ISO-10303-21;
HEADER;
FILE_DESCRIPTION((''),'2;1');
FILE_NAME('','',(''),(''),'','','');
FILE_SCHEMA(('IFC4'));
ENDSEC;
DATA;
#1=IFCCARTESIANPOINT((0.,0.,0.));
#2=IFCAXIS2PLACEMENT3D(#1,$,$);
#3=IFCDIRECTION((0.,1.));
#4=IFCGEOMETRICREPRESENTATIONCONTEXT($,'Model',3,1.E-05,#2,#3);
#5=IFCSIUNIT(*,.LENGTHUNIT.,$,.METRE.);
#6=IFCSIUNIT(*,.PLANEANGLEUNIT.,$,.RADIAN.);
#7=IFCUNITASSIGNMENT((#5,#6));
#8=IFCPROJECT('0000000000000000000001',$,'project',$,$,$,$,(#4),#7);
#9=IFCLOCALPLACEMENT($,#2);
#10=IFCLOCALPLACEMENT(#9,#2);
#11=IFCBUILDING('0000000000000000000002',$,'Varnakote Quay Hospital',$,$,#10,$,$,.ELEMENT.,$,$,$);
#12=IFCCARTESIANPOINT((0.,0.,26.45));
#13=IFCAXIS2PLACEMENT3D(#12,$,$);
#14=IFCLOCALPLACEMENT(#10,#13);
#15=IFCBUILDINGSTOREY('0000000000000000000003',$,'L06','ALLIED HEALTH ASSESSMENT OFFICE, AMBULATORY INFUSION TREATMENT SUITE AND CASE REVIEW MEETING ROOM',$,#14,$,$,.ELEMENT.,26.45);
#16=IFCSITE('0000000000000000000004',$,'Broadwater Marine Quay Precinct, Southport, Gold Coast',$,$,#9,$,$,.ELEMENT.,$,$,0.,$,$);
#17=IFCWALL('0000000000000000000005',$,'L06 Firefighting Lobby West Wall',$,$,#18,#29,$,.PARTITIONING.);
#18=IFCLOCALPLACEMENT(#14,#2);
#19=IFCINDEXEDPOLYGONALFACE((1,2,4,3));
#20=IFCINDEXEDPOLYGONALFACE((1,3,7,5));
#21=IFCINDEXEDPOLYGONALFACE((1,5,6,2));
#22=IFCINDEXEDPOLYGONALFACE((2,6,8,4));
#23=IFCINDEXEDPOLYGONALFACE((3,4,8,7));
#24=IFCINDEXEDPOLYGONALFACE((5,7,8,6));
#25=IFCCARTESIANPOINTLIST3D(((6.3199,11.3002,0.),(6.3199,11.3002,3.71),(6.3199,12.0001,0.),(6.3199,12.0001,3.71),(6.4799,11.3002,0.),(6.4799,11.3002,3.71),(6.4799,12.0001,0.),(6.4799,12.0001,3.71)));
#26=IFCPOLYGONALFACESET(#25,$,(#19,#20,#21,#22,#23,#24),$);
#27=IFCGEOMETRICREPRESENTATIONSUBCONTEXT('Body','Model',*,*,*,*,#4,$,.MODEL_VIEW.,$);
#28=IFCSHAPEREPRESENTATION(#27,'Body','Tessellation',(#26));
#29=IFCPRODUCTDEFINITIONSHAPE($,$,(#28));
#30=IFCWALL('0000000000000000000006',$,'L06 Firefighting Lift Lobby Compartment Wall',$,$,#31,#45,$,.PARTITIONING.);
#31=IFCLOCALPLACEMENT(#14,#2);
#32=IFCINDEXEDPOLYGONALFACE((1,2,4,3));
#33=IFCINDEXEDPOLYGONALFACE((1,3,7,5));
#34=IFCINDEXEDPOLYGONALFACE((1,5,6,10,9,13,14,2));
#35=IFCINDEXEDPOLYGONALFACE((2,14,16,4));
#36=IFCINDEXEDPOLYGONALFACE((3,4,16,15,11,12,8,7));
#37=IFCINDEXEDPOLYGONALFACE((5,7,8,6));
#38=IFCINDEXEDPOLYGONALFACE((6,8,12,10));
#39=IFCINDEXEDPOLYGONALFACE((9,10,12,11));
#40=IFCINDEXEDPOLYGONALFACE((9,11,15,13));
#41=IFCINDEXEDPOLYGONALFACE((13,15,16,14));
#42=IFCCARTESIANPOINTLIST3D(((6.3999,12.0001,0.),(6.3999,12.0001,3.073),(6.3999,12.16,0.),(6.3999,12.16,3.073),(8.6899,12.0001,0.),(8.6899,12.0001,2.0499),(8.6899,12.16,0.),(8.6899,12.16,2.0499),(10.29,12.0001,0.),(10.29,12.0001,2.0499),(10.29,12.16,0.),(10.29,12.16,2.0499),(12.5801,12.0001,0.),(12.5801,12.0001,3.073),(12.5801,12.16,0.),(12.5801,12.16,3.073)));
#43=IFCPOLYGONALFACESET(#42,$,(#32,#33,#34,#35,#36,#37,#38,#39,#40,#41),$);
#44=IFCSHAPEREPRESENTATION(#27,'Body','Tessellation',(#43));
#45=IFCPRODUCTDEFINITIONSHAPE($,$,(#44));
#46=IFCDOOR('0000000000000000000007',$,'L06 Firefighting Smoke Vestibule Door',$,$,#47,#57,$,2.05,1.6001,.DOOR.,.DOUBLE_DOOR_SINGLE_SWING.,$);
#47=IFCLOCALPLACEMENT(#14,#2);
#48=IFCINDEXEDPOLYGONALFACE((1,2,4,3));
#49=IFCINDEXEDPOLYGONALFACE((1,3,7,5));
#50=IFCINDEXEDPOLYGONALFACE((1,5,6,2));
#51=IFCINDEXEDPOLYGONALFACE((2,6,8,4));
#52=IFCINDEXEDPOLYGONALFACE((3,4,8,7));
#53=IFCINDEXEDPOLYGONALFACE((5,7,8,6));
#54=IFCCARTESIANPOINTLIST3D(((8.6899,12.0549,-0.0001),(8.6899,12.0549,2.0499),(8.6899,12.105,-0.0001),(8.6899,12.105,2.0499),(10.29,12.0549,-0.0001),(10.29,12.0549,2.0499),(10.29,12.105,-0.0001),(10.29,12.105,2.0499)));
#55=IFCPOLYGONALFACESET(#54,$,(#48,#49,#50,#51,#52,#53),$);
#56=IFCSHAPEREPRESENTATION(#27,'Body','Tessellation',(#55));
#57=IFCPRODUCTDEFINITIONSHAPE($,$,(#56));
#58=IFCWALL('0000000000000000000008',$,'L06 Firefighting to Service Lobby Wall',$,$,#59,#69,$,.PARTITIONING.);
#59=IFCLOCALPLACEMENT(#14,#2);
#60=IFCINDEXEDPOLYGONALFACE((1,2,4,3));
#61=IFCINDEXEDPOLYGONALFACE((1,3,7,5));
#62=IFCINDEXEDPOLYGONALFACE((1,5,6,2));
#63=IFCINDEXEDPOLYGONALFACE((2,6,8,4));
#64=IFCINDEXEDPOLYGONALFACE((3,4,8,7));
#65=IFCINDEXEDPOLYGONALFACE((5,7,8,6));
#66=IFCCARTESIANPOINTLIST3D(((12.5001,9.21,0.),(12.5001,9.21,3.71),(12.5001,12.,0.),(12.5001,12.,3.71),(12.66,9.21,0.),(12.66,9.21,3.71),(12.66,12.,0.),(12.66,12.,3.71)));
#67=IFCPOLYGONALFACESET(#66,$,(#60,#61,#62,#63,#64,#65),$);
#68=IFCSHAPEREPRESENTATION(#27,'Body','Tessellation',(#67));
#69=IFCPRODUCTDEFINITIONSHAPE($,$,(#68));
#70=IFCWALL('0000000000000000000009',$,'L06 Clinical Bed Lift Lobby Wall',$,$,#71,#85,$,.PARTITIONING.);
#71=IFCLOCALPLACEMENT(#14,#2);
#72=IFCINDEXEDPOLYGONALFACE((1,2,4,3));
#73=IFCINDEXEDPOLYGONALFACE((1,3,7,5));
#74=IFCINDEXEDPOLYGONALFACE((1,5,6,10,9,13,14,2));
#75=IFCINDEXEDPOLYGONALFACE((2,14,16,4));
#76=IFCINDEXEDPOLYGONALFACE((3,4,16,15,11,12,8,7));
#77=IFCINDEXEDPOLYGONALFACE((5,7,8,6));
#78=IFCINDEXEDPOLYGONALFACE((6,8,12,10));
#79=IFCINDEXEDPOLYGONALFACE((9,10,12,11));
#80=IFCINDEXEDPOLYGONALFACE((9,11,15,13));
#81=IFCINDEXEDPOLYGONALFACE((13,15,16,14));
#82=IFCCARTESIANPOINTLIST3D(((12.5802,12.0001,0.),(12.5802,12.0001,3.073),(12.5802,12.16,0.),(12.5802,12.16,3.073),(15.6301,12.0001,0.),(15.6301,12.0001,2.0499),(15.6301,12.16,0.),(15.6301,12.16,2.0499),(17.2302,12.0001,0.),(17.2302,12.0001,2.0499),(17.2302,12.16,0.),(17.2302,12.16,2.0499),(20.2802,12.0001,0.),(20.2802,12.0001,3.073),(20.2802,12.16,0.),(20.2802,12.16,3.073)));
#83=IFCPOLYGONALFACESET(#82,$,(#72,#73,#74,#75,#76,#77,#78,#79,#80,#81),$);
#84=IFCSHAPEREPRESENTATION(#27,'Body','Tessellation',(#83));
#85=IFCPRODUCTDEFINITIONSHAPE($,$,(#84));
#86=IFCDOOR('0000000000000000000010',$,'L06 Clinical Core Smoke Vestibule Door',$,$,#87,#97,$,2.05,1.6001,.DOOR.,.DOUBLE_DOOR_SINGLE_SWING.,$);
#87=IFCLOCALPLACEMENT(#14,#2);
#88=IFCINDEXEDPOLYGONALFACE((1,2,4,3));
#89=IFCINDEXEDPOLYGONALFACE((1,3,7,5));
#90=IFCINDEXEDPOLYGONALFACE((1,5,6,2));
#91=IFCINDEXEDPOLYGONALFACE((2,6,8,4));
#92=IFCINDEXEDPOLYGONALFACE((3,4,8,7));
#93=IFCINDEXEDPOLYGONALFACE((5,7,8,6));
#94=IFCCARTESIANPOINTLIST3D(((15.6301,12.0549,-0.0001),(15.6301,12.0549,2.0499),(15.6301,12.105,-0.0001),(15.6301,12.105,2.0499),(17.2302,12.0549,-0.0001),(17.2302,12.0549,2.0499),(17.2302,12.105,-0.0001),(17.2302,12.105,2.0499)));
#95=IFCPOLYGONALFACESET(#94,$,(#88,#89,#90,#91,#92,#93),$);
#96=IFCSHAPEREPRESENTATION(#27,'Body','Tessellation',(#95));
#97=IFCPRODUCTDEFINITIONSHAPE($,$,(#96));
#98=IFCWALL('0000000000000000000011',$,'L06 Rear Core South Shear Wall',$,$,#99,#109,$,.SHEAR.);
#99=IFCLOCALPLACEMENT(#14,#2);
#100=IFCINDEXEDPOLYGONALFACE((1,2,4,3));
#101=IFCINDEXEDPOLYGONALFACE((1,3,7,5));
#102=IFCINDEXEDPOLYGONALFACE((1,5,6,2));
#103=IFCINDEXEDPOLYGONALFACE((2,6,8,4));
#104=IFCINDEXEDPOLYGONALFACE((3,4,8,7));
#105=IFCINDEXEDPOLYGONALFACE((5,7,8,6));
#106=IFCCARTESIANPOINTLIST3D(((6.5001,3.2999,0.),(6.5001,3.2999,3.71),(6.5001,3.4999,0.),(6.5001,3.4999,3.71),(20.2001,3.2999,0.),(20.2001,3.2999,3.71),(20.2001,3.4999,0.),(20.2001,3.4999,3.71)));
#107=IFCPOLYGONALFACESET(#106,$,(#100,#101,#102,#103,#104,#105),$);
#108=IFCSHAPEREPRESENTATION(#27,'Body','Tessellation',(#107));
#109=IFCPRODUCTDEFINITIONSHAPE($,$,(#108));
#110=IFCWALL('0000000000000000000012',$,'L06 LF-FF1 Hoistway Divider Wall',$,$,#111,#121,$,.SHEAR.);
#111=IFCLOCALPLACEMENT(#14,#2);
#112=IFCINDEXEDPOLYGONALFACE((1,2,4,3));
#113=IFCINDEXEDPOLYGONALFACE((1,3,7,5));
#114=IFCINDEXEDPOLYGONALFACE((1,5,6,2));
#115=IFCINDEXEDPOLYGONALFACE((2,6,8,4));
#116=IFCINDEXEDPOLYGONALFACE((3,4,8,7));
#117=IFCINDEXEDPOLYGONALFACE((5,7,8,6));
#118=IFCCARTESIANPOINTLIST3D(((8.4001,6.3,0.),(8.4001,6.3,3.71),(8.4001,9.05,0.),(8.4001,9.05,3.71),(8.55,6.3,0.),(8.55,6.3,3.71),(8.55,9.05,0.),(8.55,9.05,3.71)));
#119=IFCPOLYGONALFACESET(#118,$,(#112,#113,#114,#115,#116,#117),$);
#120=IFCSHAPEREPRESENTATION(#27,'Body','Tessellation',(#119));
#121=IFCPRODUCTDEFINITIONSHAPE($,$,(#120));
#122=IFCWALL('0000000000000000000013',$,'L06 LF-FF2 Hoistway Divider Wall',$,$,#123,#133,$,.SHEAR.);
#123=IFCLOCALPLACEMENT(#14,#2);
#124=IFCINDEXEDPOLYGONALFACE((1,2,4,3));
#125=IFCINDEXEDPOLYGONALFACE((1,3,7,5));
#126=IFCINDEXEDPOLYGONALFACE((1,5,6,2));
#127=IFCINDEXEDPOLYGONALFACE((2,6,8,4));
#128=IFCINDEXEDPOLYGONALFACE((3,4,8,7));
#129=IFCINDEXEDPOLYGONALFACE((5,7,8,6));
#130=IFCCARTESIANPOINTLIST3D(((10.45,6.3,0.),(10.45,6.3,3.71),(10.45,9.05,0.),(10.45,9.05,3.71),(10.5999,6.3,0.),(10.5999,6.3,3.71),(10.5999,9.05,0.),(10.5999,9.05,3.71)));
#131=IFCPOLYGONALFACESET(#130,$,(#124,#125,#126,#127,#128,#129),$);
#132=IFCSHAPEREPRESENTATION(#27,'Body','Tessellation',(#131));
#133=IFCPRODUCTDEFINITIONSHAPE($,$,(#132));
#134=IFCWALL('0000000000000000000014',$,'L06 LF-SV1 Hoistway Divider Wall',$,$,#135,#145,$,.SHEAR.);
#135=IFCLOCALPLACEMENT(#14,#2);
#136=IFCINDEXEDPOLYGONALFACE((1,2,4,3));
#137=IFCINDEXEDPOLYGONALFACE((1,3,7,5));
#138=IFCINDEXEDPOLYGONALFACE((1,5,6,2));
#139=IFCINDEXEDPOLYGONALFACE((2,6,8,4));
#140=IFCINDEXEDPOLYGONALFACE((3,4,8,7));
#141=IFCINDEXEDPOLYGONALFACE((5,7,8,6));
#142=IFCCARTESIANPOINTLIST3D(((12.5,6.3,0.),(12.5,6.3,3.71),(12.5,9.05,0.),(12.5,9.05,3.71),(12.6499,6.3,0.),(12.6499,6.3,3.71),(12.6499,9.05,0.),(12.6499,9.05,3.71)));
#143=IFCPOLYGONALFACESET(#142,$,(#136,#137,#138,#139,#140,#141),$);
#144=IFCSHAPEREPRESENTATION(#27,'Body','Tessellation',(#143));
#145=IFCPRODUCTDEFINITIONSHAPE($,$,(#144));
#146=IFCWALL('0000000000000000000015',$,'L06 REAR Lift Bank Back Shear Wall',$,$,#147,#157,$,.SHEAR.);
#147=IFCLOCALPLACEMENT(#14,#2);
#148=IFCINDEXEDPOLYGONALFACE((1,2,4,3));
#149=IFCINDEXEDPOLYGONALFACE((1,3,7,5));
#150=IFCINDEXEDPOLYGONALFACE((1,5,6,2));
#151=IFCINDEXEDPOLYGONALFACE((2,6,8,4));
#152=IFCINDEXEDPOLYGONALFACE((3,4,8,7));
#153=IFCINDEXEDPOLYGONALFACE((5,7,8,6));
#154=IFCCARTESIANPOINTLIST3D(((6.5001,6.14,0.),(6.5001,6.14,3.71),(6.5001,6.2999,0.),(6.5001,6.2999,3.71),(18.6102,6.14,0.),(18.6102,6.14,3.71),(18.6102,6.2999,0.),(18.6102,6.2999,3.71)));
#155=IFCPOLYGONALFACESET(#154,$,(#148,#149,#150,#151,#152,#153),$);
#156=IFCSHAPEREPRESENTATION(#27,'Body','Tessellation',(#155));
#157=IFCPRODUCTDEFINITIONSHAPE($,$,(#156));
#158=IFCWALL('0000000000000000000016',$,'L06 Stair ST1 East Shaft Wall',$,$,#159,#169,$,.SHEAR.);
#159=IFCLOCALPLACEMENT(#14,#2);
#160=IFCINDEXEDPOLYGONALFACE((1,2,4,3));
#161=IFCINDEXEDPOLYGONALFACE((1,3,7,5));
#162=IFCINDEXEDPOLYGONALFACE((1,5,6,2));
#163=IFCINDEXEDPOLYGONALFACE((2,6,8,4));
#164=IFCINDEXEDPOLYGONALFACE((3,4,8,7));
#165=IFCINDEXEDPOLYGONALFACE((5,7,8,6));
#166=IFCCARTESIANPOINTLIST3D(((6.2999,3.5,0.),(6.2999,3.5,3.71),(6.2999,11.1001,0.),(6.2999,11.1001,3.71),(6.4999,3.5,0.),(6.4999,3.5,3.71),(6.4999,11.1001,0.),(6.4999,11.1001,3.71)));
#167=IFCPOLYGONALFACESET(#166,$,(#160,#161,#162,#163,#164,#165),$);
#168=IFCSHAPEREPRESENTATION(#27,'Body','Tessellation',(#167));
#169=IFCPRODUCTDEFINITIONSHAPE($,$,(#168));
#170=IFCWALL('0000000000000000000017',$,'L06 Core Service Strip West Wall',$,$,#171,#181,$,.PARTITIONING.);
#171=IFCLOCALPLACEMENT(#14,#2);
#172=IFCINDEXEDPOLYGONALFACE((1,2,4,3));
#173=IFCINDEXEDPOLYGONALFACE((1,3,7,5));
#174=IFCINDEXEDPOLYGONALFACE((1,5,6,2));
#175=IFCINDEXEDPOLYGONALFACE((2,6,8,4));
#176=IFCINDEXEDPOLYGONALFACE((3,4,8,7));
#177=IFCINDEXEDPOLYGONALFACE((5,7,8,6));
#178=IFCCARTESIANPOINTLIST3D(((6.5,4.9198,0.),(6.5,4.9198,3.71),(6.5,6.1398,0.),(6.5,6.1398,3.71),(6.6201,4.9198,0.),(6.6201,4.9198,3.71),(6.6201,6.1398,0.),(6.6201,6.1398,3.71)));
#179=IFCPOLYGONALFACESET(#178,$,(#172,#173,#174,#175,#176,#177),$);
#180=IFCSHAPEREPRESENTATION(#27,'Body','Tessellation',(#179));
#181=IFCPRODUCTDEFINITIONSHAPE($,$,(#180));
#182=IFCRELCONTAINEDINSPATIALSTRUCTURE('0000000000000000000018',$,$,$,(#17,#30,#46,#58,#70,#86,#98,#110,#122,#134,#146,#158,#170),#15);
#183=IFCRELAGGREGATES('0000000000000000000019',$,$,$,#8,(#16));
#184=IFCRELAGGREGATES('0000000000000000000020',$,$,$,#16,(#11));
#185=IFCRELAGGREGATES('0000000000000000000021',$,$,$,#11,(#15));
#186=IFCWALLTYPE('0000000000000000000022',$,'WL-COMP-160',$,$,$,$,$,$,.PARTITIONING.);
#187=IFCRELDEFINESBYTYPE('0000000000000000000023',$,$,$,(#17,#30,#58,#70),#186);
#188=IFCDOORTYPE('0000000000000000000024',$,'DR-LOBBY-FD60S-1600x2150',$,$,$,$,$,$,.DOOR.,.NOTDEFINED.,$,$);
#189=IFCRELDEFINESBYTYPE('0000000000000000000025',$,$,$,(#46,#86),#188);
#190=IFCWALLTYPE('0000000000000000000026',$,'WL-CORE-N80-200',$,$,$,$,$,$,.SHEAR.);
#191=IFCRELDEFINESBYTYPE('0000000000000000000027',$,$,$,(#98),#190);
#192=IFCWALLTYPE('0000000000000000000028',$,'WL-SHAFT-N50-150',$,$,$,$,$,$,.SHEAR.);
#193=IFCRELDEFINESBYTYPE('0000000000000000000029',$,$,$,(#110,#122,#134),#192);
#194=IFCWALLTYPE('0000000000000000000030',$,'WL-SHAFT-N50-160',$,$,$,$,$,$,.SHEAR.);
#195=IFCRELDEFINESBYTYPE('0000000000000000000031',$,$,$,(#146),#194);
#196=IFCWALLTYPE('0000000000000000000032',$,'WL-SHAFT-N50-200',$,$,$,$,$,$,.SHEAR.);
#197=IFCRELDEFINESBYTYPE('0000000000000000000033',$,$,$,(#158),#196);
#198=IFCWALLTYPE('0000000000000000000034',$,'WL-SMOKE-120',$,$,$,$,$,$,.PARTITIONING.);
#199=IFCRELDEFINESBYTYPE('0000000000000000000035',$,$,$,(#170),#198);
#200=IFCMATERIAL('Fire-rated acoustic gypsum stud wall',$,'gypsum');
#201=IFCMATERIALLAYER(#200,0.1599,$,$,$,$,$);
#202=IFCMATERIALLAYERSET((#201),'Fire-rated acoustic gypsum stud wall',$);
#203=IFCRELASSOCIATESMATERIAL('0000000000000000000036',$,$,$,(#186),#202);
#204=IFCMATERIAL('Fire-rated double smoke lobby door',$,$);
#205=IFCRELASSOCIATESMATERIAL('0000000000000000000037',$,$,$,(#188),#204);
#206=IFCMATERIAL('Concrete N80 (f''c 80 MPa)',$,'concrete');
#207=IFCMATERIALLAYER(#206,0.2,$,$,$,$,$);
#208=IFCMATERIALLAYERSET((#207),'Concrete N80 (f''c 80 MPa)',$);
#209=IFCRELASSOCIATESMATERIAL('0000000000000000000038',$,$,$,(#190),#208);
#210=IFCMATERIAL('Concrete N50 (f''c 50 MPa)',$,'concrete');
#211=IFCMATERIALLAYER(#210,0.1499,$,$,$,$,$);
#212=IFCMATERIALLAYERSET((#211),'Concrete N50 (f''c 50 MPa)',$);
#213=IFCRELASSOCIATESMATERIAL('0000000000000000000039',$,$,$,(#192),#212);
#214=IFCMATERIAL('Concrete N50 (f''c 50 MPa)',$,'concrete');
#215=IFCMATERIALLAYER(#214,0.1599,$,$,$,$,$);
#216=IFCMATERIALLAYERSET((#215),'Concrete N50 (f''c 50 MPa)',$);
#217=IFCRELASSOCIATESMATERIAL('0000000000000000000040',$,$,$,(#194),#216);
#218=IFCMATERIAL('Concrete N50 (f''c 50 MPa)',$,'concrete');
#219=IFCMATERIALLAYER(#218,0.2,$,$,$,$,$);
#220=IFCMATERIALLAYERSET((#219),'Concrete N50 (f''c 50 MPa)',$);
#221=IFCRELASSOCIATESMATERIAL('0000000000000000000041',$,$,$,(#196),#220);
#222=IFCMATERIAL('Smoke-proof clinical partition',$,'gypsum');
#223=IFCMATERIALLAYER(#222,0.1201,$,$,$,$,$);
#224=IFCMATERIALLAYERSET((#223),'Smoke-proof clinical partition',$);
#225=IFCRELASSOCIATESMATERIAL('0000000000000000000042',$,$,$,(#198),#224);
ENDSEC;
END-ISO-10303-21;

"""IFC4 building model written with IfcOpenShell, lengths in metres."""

from ifc_helpers import new_model, si_unit, direction, frame, frame_2d, origin, place, context, subcontext, project, spatial, rectangle, extrude, material, layer, layer_set, type_object, element, fill, save


model = new_model("IFC4")

# Units and contexts
model_context = context("Model", 3, precision=1e-05, world=origin(), true_north=direction((0.0, 1.0)))
body_context = subcontext(model_context, "Body", "Model", "MODEL_VIEW")
ifc_project = project(units=[si_unit("LENGTHUNIT", "METRE"), si_unit("PLANEANGLEUNIT", "RADIAN")], contexts=[model_context])

# Site, building, storey
site_placement = place(None, origin())
site = spatial("IfcSite", under=ifc_project, at=site_placement, Name="Broadwater Marine Quay Precinct, Southport, Gold Coast", CompositionType="ELEMENT", RefElevation=0.0)
building_placement = place(site_placement, origin())
building = spatial("IfcBuilding", under=site, at=building_placement, Name="Varnakote Quay Hospital", CompositionType="ELEMENT")
storey_placement = place(building_placement, frame((0.0, 0.0, 26.45)))
storey = spatial("IfcBuildingStorey", under=building, at=storey_placement, Name="L06", Description="ALLIED HEALTH ASSESSMENT OFFICE, AMBULATORY INFUSION TREATMENT SUITE AND CASE REVIEW MEETING ROOM", CompositionType="ELEMENT", Elevation=26.45)

# Wall
ifc_material_1 = material(Name="Fire-rated acoustic gypsum stud wall", Category="gypsum")
ifc_layer_1 = layer(ifc_material_1, 0.1599)
ifc_layer_set_1 = layer_set([ifc_layer_1], Name="Fire-rated acoustic gypsum stud wall")
wall_type_1 = type_object("IfcWallType", Name="WL-COMP-160", PredefinedType="PARTITIONING", material=ifc_layer_set_1)
wall_1_placement = place(storey_placement, frame((6.3999, 11.3, 0.0), z_axis=(0.0, 0.0, 1.0), x_axis=(0.0, 1.0, 0.0)))
element("IfcWall", 1, at=wall_1_placement, inside=storey, type_object=wall_type_1, Name="L06 Firefighting Lobby West Wall", PredefinedType="PARTITIONING", context=body_context, shape_type="SweptSolid", body=[
    extrude(rectangle(XDim=0.7, YDim=0.1599, at=frame_2d((0.3501, 0.0))), origin(), (0.0, 0.0, 1.0), 3.71),
])

# Wall, opening, door
wall_2_placement = place(storey_placement, frame((6.3999, 12.0801, 0.0), z_axis=(0.0, 0.0, 1.0), x_axis=(1.0, 0.0, 0.0)))
wall_2 = element("IfcWall", 2, at=wall_2_placement, inside=storey, type_object=wall_type_1, Name="L06 Firefighting Lift Lobby Compartment Wall", PredefinedType="PARTITIONING", context=body_context, shape_type="SweptSolid", body=[
    extrude(rectangle(XDim=6.1802, YDim=0.1599, at=frame_2d((3.0901, 0.0))), origin(), (0.0, 0.0, 1.0), 3.073),
])
opening_1_placement = place(wall_2_placement, frame((2.29, 0.0, 0.0)))
opening_1 = element("IfcOpeningElement", 3, at=opening_1_placement, cuts=wall_2, PredefinedType="OPENING", context=body_context, shape_type="SweptSolid", body=[
    extrude(rectangle(XDim=1.6001, YDim=2.05, at=frame_2d((0.8, 1.0249))), frame((0.0, 0.0898, 0.0), z_axis=(0.0, -1.0, 0.0), x_axis=(1.0, 0.0, 0.0)), (0.0, 0.0, 1.0), 0.1799),
])
ifc_material_2 = material(Name="Fire-rated double smoke lobby door")
door_type_1 = type_object("IfcDoorType", Name="DR-LOBBY-FD60S-1600x2150", OperationType="NOTDEFINED", PredefinedType="DOOR", material=ifc_material_2)
door_1_placement = place(opening_1_placement, origin())
door_1 = element("IfcDoor", 4, at=door_1_placement, inside=storey, type_object=door_type_1, Name="L06 Firefighting Smoke Vestibule Door", OperationType="DOUBLE_DOOR_SINGLE_SWING", OverallHeight=2.05, OverallWidth=1.6001, PredefinedType="DOOR", context=body_context, shape_type="SweptSolid", body=[
    extrude(rectangle(XDim=1.6001, YDim=2.05, at=frame_2d((0.8, 1.0249))), frame((0.0, 0.0249, 0.0), z_axis=(0.0, -1.0, 0.0), x_axis=(1.0, 0.0, 0.0)), (0.0, 0.0, 1.0), 0.05),
])
fill(opening_1, door_1)

# Wall
wall_3_placement = place(storey_placement, frame((12.5801, 9.21, 0.0), z_axis=(0.0, 0.0, 1.0), x_axis=(0.0, 1.0, 0.0)))
element("IfcWall", 5, at=wall_3_placement, inside=storey, type_object=wall_type_1, Name="L06 Firefighting to Service Lobby Wall", PredefinedType="PARTITIONING", context=body_context, shape_type="SweptSolid", body=[
    extrude(rectangle(XDim=2.79, YDim=0.1599, at=frame_2d((1.395, 0.0))), origin(), (0.0, 0.0, 1.0), 3.71),
])

# Wall, opening, door
wall_4_placement = place(storey_placement, frame((12.5801, 12.0801, 0.0), z_axis=(0.0, 0.0, 1.0), x_axis=(1.0, 0.0, 0.0)))
wall_4 = element("IfcWall", 6, at=wall_4_placement, inside=storey, type_object=wall_type_1, Name="L06 Clinical Bed Lift Lobby Wall", PredefinedType="PARTITIONING", context=body_context, shape_type="SweptSolid", body=[
    extrude(rectangle(XDim=7.7, YDim=0.1599, at=frame_2d((3.8501, 0.0))), origin(), (0.0, 0.0, 1.0), 3.073),
])
opening_2_placement = place(wall_4_placement, frame((3.05, 0.0, 0.0)))
opening_2 = element("IfcOpeningElement", 7, at=opening_2_placement, cuts=wall_4, PredefinedType="OPENING", context=body_context, shape_type="SweptSolid", body=[
    extrude(rectangle(XDim=1.6001, YDim=2.05, at=frame_2d((0.8, 1.0249))), frame((0.0, 0.0898, 0.0), z_axis=(0.0, -1.0, 0.0), x_axis=(1.0, 0.0, 0.0)), (0.0, 0.0, 1.0), 0.1799),
])
door_2_placement = place(opening_2_placement, origin())
door_2 = element("IfcDoor", 8, at=door_2_placement, inside=storey, type_object=door_type_1, Name="L06 Clinical Core Smoke Vestibule Door", OperationType="DOUBLE_DOOR_SINGLE_SWING", OverallHeight=2.05, OverallWidth=1.6001, PredefinedType="DOOR", context=body_context, shape_type="SweptSolid", body=[
    extrude(rectangle(XDim=1.6001, YDim=2.05, at=frame_2d((0.8, 1.0249))), frame((0.0, 0.0249, 0.0), z_axis=(0.0, -1.0, 0.0), x_axis=(1.0, 0.0, 0.0)), (0.0, 0.0, 1.0), 0.05),
])
fill(opening_2, door_2)

# Walls
ifc_material_3 = material(Name="Concrete N80 (f'c 80 MPa)", Category="concrete")
ifc_layer_2 = layer(ifc_material_3, 0.2)
ifc_layer_set_2 = layer_set([ifc_layer_2], Name="Concrete N80 (f'c 80 MPa)")
wall_type_2 = type_object("IfcWallType", Name="WL-CORE-N80-200", PredefinedType="SHEAR", material=ifc_layer_set_2)
wall_5_placement = place(storey_placement, frame((6.5, 3.3999, 0.0), z_axis=(0.0, 0.0, 1.0), x_axis=(1.0, 0.0, 0.0)))
element("IfcWall", 9, at=wall_5_placement, inside=storey, type_object=wall_type_2, Name="L06 Rear Core South Shear Wall", PredefinedType="SHEAR", context=body_context, shape_type="SweptSolid", body=[
    extrude(rectangle(XDim=13.7, YDim=0.2, at=frame_2d((6.8501, 0.0))), origin(), (0.0, 0.0, 1.0), 3.71),
])
ifc_material_4 = material(Name="Concrete N50 (f'c 50 MPa)", Category="concrete")
ifc_layer_3 = layer(ifc_material_4, 0.1499)
ifc_layer_set_3 = layer_set([ifc_layer_3], Name="Concrete N50 (f'c 50 MPa)")
wall_type_3 = type_object("IfcWallType", Name="WL-SHAFT-N50-150", PredefinedType="SHEAR", material=ifc_layer_set_3)
for number, where, z_axis, x_axis, name in (
    (10, (8.4751, 6.3, 0.0), (0.0, 0.0, 1.0), (0.0, 1.0, 0.0), "L06 LF-FF1 Hoistway Divider Wall"),
    (11, (10.5249, 6.3, 0.0), (0.0, 0.0, 1.0), (0.0, 1.0, 0.0), "L06 LF-FF2 Hoistway Divider Wall"),
    (12, (12.575, 6.3, 0.0), (0.0, 0.0, 1.0), (0.0, 1.0, 0.0), "L06 LF-SV1 Hoistway Divider Wall"),
):
    element("IfcWall", number, at=place(storey_placement, frame(where, z_axis=z_axis, x_axis=x_axis)), inside=storey, type_object=wall_type_3, Name=name, PredefinedType="SHEAR", context=body_context, shape_type="SweptSolid", body=[
        extrude(rectangle(XDim=2.75, YDim=0.1499, at=frame_2d((1.375, 0.0))), origin(), (0.0, 0.0, 1.0), 3.71),
    ])
ifc_material_5 = material(Name="Concrete N50 (f'c 50 MPa)", Category="concrete")
ifc_layer_4 = layer(ifc_material_5, 0.1599)
ifc_layer_set_4 = layer_set([ifc_layer_4], Name="Concrete N50 (f'c 50 MPa)")
wall_type_4 = type_object("IfcWallType", Name="WL-SHAFT-N50-160", PredefinedType="SHEAR", material=ifc_layer_set_4)
wall_6_placement = place(storey_placement, frame((6.5, 6.22, 0.0), z_axis=(0.0, 0.0, 1.0), x_axis=(1.0, 0.0, 0.0)))
element("IfcWall", 13, at=wall_6_placement, inside=storey, type_object=wall_type_4, Name="L06 REAR Lift Bank Back Shear Wall", PredefinedType="SHEAR", context=body_context, shape_type="SweptSolid", body=[
    extrude(rectangle(XDim=12.1101, YDim=0.1599, at=frame_2d((6.0552, 0.0))), origin(), (0.0, 0.0, 1.0), 3.71),
])

# Walls
ifc_material_6 = material(Name="Concrete N50 (f'c 50 MPa)", Category="concrete")
ifc_layer_5 = layer(ifc_material_6, 0.2)
ifc_layer_set_5 = layer_set([ifc_layer_5], Name="Concrete N50 (f'c 50 MPa)")
wall_type_5 = type_object("IfcWallType", Name="WL-SHAFT-N50-200", PredefinedType="SHEAR", material=ifc_layer_set_5)
wall_7_placement = place(storey_placement, frame((6.3999, 3.5, 0.0), z_axis=(0.0, 0.0, 1.0), x_axis=(0.0, 1.0, 0.0)))
element("IfcWall", 14, at=wall_7_placement, inside=storey, type_object=wall_type_5, Name="L06 Stair ST1 East Shaft Wall", PredefinedType="SHEAR", context=body_context, shape_type="SweptSolid", body=[
    extrude(rectangle(XDim=7.6001, YDim=0.2, at=frame_2d((3.8, 0.0))), origin(), (0.0, 0.0, 1.0), 3.71),
])
ifc_material_7 = material(Name="Smoke-proof clinical partition", Category="gypsum")
ifc_layer_6 = layer(ifc_material_7, 0.1201)
ifc_layer_set_6 = layer_set([ifc_layer_6], Name="Smoke-proof clinical partition")
wall_type_6 = type_object("IfcWallType", Name="WL-SMOKE-120", PredefinedType="PARTITIONING", material=ifc_layer_set_6)
wall_8_placement = place(storey_placement, frame((6.5601, 4.9199, 0.0), z_axis=(0.0, 0.0, 1.0), x_axis=(0.0, 1.0, 0.0)))
element("IfcWall", 15, at=wall_8_placement, inside=storey, type_object=wall_type_6, Name="L06 Core Service Strip West Wall", PredefinedType="PARTITIONING", context=body_context, shape_type="SweptSolid", body=[
    extrude(rectangle(XDim=1.22, YDim=0.1201, at=frame_2d((0.6099, 0.0))), origin(), (0.0, 0.0, 1.0), 3.71),
])

save(model, "model.ifc")
